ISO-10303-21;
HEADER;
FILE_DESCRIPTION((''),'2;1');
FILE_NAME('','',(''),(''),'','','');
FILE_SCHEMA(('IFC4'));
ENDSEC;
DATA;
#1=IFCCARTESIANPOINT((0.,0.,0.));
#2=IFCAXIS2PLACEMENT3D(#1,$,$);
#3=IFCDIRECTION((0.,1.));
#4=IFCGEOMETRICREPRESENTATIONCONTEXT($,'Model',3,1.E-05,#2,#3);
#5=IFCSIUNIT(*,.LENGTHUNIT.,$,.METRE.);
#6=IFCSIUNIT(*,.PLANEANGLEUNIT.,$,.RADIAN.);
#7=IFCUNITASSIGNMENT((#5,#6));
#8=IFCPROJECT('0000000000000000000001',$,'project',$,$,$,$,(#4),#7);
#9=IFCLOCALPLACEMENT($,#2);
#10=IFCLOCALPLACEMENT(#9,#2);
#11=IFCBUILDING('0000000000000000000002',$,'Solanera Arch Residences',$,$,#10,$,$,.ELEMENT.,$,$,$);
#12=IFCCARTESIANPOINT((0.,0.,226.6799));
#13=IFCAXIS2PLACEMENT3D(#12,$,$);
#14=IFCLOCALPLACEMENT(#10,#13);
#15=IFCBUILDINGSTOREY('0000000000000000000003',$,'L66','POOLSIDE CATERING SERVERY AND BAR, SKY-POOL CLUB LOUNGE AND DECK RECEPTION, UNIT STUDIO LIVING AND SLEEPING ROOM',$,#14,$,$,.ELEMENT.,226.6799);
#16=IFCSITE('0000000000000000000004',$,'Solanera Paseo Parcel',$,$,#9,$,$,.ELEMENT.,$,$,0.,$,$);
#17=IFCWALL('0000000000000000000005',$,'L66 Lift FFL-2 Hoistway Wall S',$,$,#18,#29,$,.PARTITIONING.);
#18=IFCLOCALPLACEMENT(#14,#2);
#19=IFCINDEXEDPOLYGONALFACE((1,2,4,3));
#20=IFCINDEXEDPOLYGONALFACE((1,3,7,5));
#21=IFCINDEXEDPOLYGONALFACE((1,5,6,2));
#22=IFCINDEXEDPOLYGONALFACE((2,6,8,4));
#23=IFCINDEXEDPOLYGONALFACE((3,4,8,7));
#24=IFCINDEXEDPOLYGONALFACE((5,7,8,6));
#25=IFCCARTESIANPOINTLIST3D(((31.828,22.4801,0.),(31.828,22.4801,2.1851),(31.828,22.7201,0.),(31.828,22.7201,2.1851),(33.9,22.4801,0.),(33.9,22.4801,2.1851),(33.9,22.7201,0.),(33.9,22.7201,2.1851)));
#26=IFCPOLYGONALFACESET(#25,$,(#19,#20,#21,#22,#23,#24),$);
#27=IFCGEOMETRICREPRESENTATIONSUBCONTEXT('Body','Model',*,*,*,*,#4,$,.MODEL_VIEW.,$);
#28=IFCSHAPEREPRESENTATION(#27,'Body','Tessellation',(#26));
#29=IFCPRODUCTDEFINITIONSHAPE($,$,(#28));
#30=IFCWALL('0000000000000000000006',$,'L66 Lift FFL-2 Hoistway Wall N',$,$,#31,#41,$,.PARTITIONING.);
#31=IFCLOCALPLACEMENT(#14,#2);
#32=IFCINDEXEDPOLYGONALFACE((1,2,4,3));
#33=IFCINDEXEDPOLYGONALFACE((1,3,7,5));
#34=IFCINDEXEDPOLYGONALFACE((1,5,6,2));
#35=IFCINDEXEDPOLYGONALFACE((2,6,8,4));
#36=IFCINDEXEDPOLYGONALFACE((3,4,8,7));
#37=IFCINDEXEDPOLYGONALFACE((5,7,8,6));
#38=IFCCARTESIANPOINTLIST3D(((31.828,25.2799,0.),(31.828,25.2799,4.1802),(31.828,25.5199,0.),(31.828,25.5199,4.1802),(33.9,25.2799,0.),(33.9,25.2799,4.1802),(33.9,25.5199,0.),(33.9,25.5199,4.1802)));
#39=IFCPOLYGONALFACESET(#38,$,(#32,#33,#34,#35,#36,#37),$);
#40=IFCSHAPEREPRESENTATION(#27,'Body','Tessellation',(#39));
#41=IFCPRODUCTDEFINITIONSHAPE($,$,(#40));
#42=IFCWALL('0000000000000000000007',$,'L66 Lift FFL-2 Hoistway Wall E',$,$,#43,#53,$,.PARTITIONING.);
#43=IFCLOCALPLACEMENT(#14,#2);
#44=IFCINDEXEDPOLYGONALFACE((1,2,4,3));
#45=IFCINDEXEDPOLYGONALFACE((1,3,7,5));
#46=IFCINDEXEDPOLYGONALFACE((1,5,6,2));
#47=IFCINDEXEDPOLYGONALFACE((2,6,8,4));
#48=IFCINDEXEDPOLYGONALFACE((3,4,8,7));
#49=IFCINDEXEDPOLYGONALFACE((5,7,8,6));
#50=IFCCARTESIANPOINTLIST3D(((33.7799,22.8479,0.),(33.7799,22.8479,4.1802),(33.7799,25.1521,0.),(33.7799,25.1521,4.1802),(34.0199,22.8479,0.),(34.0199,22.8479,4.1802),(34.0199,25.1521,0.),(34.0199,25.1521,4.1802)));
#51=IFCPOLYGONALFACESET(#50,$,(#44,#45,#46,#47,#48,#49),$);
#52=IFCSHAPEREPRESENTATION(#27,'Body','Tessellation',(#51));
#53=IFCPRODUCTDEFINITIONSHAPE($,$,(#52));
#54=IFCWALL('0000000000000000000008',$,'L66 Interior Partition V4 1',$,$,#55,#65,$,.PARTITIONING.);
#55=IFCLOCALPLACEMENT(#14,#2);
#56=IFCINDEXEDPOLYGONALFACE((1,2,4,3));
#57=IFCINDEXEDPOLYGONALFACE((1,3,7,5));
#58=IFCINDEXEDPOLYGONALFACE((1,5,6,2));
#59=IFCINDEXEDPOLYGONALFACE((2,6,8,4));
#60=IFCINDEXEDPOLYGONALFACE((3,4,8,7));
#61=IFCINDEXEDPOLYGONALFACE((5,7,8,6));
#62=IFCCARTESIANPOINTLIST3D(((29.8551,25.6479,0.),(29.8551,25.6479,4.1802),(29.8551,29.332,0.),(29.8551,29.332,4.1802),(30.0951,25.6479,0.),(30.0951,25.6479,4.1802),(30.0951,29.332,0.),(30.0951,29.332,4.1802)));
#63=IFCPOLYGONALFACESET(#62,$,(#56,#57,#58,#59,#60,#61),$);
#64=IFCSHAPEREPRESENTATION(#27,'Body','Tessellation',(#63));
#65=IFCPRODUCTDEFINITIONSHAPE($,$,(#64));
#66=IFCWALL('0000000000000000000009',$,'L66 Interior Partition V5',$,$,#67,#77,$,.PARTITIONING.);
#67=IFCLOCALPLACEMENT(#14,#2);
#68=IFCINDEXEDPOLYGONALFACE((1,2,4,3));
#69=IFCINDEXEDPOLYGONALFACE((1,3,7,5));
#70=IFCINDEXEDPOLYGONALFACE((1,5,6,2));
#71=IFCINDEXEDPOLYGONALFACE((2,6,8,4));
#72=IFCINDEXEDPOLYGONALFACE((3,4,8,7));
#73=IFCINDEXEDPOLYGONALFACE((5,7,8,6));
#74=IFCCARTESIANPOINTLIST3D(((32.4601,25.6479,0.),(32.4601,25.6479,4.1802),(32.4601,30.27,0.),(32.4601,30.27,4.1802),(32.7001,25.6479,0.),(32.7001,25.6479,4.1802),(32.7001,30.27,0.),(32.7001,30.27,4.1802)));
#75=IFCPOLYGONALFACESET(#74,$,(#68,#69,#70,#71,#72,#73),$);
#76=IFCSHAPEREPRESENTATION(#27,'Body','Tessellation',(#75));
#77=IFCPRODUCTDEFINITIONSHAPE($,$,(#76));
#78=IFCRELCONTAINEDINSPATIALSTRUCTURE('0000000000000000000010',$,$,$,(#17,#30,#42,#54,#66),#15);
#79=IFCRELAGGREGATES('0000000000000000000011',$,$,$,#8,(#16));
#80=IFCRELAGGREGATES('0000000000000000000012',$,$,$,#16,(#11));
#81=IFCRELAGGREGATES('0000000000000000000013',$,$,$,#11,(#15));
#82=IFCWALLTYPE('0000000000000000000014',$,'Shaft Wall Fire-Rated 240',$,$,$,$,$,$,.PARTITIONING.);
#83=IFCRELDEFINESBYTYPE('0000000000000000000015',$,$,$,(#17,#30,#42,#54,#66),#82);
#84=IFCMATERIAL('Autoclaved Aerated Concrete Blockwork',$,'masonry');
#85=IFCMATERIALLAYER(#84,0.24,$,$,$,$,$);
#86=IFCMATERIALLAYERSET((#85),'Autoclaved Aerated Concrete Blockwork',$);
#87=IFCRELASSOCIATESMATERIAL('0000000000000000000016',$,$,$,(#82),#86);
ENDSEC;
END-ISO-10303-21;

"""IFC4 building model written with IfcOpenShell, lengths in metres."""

from ifc_helpers import new_model, si_unit, direction, frame, frame_2d, origin, place, context, subcontext, project, spatial, rectangle, extrude, material, layer, layer_set, type_object, element, save


model = new_model("IFC4")

# Units and contexts
model_context = context("Model", 3, precision=1e-05, world=origin(), true_north=direction((0.0, 1.0)))
body_context = subcontext(model_context, "Body", "Model", "MODEL_VIEW")
ifc_project = project(units=[si_unit("LENGTHUNIT", "METRE"), si_unit("PLANEANGLEUNIT", "RADIAN")], contexts=[model_context])

# Site, building, storey
site_placement = place(None, origin())
site = spatial("IfcSite", under=ifc_project, at=site_placement, Name="Solanera Paseo Parcel", CompositionType="ELEMENT", RefElevation=0.0)
building_placement = place(site_placement, origin())
building = spatial("IfcBuilding", under=site, at=building_placement, Name="Solanera Arch Residences", CompositionType="ELEMENT")
storey_placement = place(building_placement, frame((0.0, 0.0, 226.6799)))
storey = spatial("IfcBuildingStorey", under=building, at=storey_placement, Name="L66", Description="POOLSIDE CATERING SERVERY AND BAR, SKY-POOL CLUB LOUNGE AND DECK RECEPTION, UNIT STUDIO LIVING AND SLEEPING ROOM", CompositionType="ELEMENT", Elevation=226.6799)

# Walls
ifc_material_1 = material(Name="Autoclaved Aerated Concrete Blockwork", Category="masonry")
ifc_layer_1 = layer(ifc_material_1, 0.24)
ifc_layer_set_1 = layer_set([ifc_layer_1], Name="Autoclaved Aerated Concrete Blockwork")
wall_type_1 = type_object("IfcWallType", Name="Shaft Wall Fire-Rated 240", PredefinedType="PARTITIONING", material=ifc_layer_set_1)
wall_1_placement = place(storey_placement, frame((31.8279, 22.6001, 0.0), z_axis=(0.0, 0.0, 1.0), x_axis=(1.0, 0.0, 0.0)))
element("IfcWall", 1, at=wall_1_placement, inside=storey, type_object=wall_type_1, Name="L66 Lift FFL-2 Hoistway Wall S", PredefinedType="PARTITIONING", context=body_context, shape_type="SweptSolid", body=[
    extrude(rectangle(XDim=2.072, YDim=0.24, at=frame_2d((1.0361, 0.0))), origin(), (0.0, 0.0, 1.0), 2.1851),
])
wall_2_placement = place(storey_placement, frame((31.8279, 25.3999, 0.0), z_axis=(0.0, 0.0, 1.0), x_axis=(1.0, 0.0, 0.0)))
element("IfcWall", 2, at=wall_2_placement, inside=storey, type_object=wall_type_1, Name="L66 Lift FFL-2 Hoistway Wall N", PredefinedType="PARTITIONING", context=body_context, shape_type="SweptSolid", body=[
    extrude(rectangle(XDim=2.072, YDim=0.24, at=frame_2d((1.0361, 0.0))), origin(), (0.0, 0.0, 1.0), 4.1802),
])
wall_3_placement = place(storey_placement, frame((33.8999, 22.8479, 0.0), z_axis=(0.0, 0.0, 1.0), x_axis=(0.0, 1.0, 0.0)))
element("IfcWall", 3, at=wall_3_placement, inside=storey, type_object=wall_type_1, Name="L66 Lift FFL-2 Hoistway Wall E", PredefinedType="PARTITIONING", context=body_context, shape_type="SweptSolid", body=[
    extrude(rectangle(XDim=2.3042, YDim=0.24, at=frame_2d((1.1521, 0.0))), origin(), (0.0, 0.0, 1.0), 4.1802),
])
wall_4_placement = place(storey_placement, frame((29.9751, 25.6479, 0.0), z_axis=(0.0, 0.0, 1.0), x_axis=(0.0, 1.0, 0.0)))
element("IfcWall", 4, at=wall_4_placement, inside=storey, type_object=wall_type_1, Name="L66 Interior Partition V4 1", PredefinedType="PARTITIONING", context=body_context, shape_type="SweptSolid", body=[
    extrude(rectangle(XDim=3.6841, YDim=0.24, at=frame_2d((1.842, 0.0))), origin(), (0.0, 0.0, 1.0), 4.1802),
])

# Wall
wall_5_placement = place(storey_placement, frame((32.5801, 25.6479, 0.0), z_axis=(0.0, 0.0, 1.0), x_axis=(0.0, 1.0, 0.0)))
element("IfcWall", 5, at=wall_5_placement, inside=storey, type_object=wall_type_1, Name="L66 Interior Partition V5", PredefinedType="PARTITIONING", context=body_context, shape_type="SweptSolid", body=[
    extrude(rectangle(XDim=4.6221, YDim=0.24, at=frame_2d((2.311, 0.0))), origin(), (0.0, 0.0, 1.0), 4.1802),
])

save(model, "model.ifc")
